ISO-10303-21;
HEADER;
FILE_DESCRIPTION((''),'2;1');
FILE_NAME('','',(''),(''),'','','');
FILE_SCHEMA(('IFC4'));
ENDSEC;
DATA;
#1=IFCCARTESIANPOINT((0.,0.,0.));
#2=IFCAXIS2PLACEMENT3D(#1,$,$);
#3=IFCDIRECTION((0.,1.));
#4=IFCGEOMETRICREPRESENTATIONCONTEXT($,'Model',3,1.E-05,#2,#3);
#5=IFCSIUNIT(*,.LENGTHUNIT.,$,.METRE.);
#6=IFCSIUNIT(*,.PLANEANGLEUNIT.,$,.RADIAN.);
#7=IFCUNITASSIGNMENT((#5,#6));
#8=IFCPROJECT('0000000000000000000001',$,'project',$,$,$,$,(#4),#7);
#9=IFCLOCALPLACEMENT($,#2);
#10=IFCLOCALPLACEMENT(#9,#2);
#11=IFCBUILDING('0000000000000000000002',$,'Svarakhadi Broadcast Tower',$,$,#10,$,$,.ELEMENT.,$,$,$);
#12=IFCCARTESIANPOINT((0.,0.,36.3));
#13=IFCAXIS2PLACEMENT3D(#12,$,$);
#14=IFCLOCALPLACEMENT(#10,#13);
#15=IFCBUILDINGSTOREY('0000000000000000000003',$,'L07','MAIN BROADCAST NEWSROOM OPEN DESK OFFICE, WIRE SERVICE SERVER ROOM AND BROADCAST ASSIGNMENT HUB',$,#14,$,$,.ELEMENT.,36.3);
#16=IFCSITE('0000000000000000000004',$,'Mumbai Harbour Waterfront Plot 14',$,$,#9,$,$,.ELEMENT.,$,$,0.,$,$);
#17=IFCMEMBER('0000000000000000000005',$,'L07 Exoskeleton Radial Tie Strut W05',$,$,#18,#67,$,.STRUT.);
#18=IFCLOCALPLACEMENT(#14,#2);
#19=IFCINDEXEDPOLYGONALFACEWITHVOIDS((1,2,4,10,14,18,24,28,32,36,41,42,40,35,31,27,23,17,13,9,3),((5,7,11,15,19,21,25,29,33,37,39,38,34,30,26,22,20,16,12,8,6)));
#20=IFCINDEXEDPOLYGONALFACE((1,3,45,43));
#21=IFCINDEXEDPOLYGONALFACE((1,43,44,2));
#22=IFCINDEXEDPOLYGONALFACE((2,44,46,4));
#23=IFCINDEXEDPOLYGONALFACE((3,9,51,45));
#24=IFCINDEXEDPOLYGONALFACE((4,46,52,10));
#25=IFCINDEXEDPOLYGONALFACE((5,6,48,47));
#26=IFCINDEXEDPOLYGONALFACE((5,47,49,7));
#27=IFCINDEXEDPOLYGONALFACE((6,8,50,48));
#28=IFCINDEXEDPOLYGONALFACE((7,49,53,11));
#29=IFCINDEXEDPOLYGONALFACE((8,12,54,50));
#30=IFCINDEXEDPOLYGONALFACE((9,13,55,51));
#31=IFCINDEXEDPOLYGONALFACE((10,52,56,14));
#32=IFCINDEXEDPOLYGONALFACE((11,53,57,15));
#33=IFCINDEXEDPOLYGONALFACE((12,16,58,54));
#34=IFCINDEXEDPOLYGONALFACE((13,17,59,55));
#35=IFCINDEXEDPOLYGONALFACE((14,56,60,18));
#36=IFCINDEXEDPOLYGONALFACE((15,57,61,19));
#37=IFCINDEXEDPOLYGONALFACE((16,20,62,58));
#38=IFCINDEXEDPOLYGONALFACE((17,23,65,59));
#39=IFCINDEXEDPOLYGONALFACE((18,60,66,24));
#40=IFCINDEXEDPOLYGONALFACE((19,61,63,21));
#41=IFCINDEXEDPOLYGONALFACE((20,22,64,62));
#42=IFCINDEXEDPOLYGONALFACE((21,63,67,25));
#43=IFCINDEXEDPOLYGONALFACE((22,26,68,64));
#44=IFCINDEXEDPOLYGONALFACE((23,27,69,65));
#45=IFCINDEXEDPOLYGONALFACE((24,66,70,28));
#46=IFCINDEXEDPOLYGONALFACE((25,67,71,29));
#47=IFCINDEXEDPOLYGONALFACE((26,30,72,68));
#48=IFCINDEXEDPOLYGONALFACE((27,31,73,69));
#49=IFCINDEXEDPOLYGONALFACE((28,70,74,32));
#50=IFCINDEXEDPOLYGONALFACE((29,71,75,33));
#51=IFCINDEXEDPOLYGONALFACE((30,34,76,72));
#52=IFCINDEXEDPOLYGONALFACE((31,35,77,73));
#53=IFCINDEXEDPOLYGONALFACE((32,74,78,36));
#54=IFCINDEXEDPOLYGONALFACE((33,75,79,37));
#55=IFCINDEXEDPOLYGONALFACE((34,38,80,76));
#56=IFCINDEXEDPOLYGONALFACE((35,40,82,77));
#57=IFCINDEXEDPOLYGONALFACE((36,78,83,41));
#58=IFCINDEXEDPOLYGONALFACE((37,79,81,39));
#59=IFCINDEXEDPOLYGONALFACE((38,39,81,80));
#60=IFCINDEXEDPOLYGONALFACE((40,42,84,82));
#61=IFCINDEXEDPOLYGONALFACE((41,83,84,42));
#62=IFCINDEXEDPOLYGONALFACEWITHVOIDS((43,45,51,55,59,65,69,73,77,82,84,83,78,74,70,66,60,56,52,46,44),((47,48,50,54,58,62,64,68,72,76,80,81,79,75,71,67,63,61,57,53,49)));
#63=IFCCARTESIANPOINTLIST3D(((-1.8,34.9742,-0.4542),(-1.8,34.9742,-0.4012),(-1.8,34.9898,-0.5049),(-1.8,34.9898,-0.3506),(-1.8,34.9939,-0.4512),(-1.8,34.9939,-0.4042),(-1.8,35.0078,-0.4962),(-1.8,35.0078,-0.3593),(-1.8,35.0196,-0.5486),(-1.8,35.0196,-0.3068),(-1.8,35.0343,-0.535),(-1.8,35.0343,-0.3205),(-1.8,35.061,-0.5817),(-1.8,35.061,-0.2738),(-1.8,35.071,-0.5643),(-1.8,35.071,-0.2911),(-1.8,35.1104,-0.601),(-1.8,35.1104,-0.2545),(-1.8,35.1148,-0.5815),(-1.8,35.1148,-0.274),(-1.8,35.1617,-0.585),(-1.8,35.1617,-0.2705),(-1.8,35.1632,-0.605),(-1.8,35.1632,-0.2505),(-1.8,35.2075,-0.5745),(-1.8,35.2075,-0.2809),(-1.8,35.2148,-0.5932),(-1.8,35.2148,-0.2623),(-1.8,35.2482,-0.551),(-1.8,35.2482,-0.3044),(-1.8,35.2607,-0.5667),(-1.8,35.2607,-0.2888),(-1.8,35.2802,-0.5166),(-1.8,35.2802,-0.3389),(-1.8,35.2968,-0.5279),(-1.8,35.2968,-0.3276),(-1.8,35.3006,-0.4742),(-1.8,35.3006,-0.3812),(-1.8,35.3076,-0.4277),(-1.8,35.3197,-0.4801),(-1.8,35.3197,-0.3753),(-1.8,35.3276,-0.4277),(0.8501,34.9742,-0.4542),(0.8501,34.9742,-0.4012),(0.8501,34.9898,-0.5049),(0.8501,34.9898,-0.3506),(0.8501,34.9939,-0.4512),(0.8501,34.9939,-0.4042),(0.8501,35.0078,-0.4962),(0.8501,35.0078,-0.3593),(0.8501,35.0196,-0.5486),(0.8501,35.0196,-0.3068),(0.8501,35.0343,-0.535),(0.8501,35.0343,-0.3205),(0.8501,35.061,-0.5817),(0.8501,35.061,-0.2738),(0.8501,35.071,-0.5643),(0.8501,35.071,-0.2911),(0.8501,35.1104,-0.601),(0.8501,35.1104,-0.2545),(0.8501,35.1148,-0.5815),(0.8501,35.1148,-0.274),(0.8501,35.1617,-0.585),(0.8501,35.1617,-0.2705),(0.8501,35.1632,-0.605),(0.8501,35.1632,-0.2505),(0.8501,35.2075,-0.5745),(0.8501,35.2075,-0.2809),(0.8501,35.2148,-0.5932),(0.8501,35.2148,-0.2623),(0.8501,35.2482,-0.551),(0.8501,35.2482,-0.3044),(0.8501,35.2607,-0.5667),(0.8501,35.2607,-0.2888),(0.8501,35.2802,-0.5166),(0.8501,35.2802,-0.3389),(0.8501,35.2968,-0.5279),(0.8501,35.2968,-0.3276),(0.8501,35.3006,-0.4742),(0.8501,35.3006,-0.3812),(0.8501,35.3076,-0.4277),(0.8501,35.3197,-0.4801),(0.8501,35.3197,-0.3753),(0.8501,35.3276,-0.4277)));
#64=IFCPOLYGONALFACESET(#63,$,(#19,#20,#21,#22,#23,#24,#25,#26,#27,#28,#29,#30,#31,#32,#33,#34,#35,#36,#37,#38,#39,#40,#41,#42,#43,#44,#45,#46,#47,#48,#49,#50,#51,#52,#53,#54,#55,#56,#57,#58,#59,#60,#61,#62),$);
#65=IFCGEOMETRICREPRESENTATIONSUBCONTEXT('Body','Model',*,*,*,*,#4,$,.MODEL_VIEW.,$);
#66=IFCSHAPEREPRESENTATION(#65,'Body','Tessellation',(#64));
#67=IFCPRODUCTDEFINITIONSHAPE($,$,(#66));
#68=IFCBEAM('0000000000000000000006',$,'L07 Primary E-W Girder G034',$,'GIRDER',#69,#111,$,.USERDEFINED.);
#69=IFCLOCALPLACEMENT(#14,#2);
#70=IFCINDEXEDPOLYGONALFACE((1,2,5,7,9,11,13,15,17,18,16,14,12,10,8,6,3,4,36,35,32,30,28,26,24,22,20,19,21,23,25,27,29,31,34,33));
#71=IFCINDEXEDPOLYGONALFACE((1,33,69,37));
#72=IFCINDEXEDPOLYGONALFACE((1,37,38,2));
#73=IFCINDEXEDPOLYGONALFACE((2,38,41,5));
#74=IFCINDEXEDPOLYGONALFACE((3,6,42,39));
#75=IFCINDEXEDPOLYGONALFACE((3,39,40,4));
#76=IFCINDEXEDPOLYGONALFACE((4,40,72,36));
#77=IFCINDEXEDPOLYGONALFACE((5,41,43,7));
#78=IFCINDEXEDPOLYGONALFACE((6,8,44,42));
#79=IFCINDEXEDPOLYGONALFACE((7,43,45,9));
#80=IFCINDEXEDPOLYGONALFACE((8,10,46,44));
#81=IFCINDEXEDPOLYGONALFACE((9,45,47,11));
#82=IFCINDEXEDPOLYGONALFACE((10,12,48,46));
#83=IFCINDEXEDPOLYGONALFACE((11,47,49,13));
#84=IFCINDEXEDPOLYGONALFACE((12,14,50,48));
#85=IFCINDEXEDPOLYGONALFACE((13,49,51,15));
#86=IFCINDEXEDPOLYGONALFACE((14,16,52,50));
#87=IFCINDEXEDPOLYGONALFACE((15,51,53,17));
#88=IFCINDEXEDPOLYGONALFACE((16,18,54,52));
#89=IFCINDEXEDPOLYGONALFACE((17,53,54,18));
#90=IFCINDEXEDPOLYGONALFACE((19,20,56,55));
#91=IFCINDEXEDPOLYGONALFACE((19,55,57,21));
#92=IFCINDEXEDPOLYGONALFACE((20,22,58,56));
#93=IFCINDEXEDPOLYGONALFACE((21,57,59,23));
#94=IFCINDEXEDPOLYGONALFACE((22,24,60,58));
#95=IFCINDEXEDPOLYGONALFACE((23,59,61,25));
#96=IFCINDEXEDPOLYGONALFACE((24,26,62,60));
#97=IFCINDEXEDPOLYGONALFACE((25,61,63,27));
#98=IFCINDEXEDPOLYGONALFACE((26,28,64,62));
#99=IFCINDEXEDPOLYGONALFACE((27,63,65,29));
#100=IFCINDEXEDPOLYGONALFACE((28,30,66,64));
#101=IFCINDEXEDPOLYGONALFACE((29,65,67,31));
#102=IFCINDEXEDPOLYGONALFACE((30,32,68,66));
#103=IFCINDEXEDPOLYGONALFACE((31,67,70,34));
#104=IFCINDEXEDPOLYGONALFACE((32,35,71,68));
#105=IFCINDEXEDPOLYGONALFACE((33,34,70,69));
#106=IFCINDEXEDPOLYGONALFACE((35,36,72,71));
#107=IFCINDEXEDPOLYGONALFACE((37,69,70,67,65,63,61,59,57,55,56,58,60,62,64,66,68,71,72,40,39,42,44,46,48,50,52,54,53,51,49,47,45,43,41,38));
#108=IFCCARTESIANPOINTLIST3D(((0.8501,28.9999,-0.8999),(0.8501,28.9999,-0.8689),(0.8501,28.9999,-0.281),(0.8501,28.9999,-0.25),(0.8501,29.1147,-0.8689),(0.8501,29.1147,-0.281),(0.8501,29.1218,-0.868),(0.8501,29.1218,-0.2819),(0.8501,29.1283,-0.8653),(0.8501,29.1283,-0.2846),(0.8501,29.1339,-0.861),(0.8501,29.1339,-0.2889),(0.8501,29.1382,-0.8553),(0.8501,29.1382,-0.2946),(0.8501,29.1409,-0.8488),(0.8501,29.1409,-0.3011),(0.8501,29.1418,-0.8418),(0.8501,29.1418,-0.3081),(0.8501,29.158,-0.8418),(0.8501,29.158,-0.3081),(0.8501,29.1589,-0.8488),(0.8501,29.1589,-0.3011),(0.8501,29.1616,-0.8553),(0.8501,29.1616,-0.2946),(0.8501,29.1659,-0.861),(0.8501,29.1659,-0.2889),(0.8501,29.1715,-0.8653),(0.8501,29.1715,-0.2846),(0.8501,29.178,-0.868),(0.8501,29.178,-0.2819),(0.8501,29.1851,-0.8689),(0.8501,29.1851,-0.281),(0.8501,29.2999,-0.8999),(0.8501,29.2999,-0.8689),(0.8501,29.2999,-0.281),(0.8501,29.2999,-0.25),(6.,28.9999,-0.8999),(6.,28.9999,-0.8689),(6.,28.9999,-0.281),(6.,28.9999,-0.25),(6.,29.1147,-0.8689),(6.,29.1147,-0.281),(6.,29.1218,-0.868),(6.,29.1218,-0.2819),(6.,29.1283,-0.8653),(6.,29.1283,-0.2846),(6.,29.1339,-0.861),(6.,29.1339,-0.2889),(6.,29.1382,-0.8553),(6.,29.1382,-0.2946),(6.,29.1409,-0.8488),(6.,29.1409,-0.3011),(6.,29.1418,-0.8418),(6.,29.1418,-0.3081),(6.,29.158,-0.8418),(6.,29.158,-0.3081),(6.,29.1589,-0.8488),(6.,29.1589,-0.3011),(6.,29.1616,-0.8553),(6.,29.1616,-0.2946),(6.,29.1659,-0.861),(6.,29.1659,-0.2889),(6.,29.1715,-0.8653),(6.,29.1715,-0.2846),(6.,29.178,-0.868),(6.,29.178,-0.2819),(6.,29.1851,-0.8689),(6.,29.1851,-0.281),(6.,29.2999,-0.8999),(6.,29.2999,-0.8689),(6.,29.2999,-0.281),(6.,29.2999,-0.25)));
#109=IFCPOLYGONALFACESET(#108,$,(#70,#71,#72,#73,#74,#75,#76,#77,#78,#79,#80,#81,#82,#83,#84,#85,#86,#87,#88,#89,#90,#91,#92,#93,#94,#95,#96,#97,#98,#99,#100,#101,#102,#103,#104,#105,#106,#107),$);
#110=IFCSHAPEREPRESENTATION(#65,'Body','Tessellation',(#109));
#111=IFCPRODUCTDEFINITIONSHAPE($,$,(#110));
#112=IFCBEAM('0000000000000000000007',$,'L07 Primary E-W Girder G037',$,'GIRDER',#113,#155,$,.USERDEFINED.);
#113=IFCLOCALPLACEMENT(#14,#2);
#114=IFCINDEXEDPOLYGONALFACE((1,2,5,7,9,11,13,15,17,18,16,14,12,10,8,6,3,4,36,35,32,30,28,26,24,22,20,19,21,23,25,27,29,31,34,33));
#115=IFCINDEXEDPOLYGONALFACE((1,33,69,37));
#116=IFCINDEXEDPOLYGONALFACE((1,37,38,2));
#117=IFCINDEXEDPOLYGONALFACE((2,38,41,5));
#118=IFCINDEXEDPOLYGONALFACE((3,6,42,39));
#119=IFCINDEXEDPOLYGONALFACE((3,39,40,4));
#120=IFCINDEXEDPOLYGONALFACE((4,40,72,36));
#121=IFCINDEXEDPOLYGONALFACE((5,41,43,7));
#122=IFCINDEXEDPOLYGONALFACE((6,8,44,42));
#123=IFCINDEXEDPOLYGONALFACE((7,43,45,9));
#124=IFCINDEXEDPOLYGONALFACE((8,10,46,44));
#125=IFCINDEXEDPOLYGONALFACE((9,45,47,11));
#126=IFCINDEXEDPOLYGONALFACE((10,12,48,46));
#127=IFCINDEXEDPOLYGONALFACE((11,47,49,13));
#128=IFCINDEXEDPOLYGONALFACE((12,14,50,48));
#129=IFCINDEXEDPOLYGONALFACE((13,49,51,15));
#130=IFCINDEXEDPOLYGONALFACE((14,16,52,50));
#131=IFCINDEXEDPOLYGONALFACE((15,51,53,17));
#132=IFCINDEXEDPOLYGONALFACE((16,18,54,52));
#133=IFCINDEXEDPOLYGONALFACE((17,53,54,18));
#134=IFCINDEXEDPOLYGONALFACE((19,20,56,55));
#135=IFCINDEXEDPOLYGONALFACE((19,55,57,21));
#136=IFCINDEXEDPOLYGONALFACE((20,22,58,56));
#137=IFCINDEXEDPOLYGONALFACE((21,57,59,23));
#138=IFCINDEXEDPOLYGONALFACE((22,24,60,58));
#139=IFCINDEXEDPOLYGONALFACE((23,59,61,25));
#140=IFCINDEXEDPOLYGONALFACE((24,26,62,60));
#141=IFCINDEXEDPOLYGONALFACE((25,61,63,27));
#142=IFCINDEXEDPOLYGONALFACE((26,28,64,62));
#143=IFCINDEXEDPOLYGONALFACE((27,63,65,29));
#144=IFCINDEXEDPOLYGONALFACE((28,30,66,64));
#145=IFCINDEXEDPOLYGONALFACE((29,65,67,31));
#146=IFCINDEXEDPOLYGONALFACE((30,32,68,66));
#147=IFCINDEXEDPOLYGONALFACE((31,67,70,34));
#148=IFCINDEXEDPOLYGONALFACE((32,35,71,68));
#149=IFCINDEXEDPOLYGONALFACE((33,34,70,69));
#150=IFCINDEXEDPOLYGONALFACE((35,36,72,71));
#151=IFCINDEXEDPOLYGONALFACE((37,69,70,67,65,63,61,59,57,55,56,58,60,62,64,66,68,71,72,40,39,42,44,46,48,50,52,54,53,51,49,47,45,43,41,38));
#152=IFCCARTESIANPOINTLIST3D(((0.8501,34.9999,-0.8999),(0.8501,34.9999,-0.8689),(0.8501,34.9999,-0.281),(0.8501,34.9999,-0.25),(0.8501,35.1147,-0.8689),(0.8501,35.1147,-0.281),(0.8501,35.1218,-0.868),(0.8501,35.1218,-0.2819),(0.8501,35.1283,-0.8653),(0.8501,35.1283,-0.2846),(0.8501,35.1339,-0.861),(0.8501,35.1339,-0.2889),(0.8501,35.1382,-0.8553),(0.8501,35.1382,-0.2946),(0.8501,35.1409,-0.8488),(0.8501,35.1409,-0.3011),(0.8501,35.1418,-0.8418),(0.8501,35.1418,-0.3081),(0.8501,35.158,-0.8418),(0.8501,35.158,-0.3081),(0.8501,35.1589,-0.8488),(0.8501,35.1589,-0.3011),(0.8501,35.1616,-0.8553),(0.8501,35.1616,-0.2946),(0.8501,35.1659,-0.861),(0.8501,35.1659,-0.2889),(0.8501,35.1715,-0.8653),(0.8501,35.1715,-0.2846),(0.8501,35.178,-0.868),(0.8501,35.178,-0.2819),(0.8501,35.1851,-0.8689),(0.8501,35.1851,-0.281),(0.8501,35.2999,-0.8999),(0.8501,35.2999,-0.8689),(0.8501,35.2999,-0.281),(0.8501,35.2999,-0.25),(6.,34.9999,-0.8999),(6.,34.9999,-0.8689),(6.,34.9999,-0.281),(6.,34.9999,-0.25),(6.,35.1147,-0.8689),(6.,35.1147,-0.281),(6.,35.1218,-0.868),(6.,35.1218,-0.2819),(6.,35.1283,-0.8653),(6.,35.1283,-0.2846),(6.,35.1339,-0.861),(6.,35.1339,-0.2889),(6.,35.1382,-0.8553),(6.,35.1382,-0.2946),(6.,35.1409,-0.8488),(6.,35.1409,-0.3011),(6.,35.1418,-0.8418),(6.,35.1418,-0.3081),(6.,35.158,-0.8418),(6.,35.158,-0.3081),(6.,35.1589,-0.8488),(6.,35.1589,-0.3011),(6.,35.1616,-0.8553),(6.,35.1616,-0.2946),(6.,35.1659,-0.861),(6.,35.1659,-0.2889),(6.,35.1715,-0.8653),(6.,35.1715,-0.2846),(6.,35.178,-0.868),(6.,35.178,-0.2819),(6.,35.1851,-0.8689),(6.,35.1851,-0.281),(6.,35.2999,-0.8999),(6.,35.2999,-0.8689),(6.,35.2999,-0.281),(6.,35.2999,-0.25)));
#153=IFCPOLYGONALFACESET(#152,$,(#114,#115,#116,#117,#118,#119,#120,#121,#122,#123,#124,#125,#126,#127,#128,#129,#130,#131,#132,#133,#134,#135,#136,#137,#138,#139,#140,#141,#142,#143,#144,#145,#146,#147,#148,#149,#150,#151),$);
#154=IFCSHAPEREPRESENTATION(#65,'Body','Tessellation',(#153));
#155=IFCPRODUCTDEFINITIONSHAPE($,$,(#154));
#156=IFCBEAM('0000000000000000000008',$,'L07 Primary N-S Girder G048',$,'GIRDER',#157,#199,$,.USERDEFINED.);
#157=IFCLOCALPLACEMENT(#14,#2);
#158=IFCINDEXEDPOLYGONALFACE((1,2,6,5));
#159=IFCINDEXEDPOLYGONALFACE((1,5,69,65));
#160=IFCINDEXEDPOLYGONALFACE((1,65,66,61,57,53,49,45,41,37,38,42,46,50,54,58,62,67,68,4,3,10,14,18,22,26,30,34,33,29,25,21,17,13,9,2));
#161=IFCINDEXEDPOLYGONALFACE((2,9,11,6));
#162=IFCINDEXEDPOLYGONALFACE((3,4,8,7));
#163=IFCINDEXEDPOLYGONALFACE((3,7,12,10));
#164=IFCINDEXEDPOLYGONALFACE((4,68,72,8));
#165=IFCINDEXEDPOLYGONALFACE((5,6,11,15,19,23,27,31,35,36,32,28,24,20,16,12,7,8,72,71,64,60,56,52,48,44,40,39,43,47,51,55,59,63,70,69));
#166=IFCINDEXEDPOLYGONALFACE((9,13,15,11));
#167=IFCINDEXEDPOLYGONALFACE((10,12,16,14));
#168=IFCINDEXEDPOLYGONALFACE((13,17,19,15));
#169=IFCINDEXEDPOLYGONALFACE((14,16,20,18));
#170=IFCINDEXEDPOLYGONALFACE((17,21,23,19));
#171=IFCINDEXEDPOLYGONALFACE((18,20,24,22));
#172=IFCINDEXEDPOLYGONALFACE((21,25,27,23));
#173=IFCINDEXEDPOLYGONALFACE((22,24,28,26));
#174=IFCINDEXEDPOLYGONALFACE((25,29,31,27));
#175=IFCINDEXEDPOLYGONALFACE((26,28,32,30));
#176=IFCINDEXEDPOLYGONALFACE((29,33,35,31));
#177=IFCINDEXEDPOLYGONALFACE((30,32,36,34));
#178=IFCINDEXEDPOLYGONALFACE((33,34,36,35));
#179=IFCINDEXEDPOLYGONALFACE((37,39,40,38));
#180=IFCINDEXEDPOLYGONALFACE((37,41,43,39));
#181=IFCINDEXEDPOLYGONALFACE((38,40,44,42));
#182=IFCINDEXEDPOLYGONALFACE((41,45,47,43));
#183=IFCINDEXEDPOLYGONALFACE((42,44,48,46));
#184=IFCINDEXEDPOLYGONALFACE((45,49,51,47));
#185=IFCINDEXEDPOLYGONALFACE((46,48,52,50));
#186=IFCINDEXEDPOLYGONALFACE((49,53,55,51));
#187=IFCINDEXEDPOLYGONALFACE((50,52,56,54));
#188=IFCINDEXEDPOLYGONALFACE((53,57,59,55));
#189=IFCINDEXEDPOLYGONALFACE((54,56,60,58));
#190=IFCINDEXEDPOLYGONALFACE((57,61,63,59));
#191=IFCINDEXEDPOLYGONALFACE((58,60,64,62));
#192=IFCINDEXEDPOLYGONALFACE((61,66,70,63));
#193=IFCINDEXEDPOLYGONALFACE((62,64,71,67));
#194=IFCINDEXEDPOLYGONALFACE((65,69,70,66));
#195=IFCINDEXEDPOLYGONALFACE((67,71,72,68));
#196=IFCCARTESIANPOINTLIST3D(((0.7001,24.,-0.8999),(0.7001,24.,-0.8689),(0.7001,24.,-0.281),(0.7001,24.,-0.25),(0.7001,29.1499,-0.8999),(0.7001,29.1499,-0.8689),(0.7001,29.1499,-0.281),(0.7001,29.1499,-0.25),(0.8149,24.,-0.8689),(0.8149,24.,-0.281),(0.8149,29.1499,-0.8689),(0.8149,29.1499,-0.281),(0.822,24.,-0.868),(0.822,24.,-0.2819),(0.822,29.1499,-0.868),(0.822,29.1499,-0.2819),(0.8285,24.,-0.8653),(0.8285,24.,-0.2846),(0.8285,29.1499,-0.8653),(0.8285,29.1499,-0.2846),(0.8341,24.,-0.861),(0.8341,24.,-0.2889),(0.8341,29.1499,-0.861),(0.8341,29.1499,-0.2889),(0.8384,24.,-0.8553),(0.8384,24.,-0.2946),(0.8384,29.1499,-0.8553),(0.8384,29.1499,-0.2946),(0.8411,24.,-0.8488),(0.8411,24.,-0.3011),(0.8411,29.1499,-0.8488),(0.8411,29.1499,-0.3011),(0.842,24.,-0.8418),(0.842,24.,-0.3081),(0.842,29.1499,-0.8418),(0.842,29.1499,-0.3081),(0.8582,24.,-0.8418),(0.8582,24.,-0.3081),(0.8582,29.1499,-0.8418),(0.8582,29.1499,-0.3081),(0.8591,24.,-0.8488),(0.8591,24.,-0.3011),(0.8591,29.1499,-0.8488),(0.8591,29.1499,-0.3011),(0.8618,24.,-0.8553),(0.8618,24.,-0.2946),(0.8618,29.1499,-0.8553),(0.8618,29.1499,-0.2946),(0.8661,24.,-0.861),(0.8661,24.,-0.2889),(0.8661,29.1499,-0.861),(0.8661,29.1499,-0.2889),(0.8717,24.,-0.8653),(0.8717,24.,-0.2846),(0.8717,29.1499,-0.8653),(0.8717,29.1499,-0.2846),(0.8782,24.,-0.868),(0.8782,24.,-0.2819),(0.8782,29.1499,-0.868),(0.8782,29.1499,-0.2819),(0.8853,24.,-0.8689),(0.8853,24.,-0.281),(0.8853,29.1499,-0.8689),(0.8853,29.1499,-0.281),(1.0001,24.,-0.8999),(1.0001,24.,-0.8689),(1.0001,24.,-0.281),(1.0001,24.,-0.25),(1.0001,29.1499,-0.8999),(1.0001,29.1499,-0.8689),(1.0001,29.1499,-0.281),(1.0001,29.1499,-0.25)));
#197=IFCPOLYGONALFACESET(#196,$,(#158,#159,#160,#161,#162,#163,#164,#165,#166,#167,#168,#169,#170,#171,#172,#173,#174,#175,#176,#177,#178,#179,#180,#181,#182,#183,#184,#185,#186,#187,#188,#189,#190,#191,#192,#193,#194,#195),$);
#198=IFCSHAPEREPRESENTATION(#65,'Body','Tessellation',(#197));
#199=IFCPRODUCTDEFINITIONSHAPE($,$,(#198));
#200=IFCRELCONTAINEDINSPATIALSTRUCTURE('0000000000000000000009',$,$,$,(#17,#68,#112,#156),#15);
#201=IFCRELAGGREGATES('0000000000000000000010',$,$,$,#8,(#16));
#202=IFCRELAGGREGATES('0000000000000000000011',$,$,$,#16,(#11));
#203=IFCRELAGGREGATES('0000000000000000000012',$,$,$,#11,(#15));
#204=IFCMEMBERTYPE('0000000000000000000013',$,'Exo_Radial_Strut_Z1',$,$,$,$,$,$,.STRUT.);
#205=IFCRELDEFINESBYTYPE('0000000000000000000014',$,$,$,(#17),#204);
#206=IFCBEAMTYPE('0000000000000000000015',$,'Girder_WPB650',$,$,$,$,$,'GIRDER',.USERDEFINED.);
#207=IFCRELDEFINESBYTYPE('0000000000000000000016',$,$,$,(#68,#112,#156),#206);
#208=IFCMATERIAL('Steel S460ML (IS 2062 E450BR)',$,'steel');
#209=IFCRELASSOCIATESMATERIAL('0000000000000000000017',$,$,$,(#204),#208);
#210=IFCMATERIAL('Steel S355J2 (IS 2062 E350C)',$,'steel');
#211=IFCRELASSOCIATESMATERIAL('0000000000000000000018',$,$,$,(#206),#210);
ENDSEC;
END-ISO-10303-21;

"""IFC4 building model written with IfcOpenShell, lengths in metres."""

from ifc_helpers import new_model, si_unit, direction, frame, origin, origin_2d, place, context, subcontext, project, spatial, hollow_circle, i_section, extrude, material, material_profile, profile_set, type_object, element, save


model = new_model("IFC4")

# Units and contexts
model_context = context("Model", 3, precision=1e-05, world=origin(), true_north=direction((0.0, 1.0)))
body_context = subcontext(model_context, "Body", "Model", "MODEL_VIEW")
ifc_project = project(units=[si_unit("LENGTHUNIT", "METRE"), si_unit("PLANEANGLEUNIT", "RADIAN")], contexts=[model_context])

# Site, building, storey
site_placement = place(None, origin())
site = spatial("IfcSite", under=ifc_project, at=site_placement, Name="Mumbai Harbour Waterfront Plot 14", CompositionType="ELEMENT", RefElevation=0.0)
building_placement = place(site_placement, origin())
building = spatial("IfcBuilding", under=site, at=building_placement, Name="Svarakhadi Broadcast Tower", CompositionType="ELEMENT")
storey_placement = place(building_placement, frame((0.0, 0.0, 36.3)))
storey = spatial("IfcBuildingStorey", under=building, at=storey_placement, Name="L07", Description="MAIN BROADCAST NEWSROOM OPEN DESK OFFICE, WIRE SERVICE SERVER ROOM AND BROADCAST ASSIGNMENT HUB", CompositionType="ELEMENT", Elevation=36.3)

# Shared definitions
ifc_material_1 = material(Name="Steel S460ML (IS 2062 E450BR)", Category="steel")

# Shared definitions
ifc_material_2 = material(Name="Steel S355J2 (IS 2062 E350C)", Category="steel")

# Member
ifc_material_profile_1 = material_profile(ifc_material_1, hollow_circle(Radius=0.1777, WallThickness=0.02, at=origin_2d()), Name="CHS 355.6x20")
ifc_profile_set_1 = profile_set([ifc_material_profile_1], Name="Steel S460ML (IS 2062 E450BR)")
member_type_1 = type_object("IfcMemberType", Name="Exo_Radial_Strut_Z1", PredefinedType="STRUT", material=ifc_profile_set_1)
member_1_placement = place(storey_placement, frame((-1.8, 35.1499, -0.4277), z_axis=(1.0, 0.0, 0.0), x_axis=(0.0, 1.0, 0.0)))
element("IfcMember", 1, at=member_1_placement, inside=storey, type_object=member_type_1, Name="L07 Exoskeleton Radial Tie Strut W05", PredefinedType="STRUT", context=body_context, shape_type="SweptSolid", body=[
    extrude(hollow_circle(Radius=0.1777, WallThickness=0.02, at=origin_2d()), origin(), (0.0, 0.0, 1.0), 2.6501),
])

# Beams
ifc_material_profile_2 = material_profile(ifc_material_2, i_section(OverallWidth=0.3, OverallDepth=0.6499, WebThickness=0.0161, FlangeThickness=0.031, FilletRadius=0.0271, at=origin_2d()), Name="WPB 650x300x225")
ifc_profile_set_2 = profile_set([ifc_material_profile_2], Name="Steel S355J2 (IS 2062 E350C)")
beam_type_1 = type_object("IfcBeamType", Name="Girder_WPB650", ElementType="GIRDER", PredefinedType="USERDEFINED", material=ifc_profile_set_2)
for number, where, z_axis, x_axis, name in (
    (2, (0.8501, 29.1499, -0.575), (1.0, 0.0, 0.0), (0.0, 1.0, 0.0), "L07 Primary E-W Girder G034"),
    (3, (0.8501, 35.1499, -0.575), (1.0, 0.0, 0.0), (0.0, 1.0, 0.0), "L07 Primary E-W Girder G037"),
    (4, (0.8501, 24.0, -0.575), (0.0, 1.0, 0.0), (-1.0, 0.0, 0.0), "L07 Primary N-S Girder G048"),
):
    element("IfcBeam", number, at=place(storey_placement, frame(where, z_axis=z_axis, x_axis=x_axis)), inside=storey, type_object=beam_type_1, Name=name, ObjectType="GIRDER", PredefinedType="USERDEFINED", context=body_context, shape_type="SweptSolid", body=[
        extrude(i_section(OverallWidth=0.3, OverallDepth=0.6499, WebThickness=0.0161, FlangeThickness=0.031, FilletRadius=0.0271, at=origin_2d()), origin(), (0.0, 0.0, 1.0), 5.1499),
    ])

save(model, "model.ifc")
